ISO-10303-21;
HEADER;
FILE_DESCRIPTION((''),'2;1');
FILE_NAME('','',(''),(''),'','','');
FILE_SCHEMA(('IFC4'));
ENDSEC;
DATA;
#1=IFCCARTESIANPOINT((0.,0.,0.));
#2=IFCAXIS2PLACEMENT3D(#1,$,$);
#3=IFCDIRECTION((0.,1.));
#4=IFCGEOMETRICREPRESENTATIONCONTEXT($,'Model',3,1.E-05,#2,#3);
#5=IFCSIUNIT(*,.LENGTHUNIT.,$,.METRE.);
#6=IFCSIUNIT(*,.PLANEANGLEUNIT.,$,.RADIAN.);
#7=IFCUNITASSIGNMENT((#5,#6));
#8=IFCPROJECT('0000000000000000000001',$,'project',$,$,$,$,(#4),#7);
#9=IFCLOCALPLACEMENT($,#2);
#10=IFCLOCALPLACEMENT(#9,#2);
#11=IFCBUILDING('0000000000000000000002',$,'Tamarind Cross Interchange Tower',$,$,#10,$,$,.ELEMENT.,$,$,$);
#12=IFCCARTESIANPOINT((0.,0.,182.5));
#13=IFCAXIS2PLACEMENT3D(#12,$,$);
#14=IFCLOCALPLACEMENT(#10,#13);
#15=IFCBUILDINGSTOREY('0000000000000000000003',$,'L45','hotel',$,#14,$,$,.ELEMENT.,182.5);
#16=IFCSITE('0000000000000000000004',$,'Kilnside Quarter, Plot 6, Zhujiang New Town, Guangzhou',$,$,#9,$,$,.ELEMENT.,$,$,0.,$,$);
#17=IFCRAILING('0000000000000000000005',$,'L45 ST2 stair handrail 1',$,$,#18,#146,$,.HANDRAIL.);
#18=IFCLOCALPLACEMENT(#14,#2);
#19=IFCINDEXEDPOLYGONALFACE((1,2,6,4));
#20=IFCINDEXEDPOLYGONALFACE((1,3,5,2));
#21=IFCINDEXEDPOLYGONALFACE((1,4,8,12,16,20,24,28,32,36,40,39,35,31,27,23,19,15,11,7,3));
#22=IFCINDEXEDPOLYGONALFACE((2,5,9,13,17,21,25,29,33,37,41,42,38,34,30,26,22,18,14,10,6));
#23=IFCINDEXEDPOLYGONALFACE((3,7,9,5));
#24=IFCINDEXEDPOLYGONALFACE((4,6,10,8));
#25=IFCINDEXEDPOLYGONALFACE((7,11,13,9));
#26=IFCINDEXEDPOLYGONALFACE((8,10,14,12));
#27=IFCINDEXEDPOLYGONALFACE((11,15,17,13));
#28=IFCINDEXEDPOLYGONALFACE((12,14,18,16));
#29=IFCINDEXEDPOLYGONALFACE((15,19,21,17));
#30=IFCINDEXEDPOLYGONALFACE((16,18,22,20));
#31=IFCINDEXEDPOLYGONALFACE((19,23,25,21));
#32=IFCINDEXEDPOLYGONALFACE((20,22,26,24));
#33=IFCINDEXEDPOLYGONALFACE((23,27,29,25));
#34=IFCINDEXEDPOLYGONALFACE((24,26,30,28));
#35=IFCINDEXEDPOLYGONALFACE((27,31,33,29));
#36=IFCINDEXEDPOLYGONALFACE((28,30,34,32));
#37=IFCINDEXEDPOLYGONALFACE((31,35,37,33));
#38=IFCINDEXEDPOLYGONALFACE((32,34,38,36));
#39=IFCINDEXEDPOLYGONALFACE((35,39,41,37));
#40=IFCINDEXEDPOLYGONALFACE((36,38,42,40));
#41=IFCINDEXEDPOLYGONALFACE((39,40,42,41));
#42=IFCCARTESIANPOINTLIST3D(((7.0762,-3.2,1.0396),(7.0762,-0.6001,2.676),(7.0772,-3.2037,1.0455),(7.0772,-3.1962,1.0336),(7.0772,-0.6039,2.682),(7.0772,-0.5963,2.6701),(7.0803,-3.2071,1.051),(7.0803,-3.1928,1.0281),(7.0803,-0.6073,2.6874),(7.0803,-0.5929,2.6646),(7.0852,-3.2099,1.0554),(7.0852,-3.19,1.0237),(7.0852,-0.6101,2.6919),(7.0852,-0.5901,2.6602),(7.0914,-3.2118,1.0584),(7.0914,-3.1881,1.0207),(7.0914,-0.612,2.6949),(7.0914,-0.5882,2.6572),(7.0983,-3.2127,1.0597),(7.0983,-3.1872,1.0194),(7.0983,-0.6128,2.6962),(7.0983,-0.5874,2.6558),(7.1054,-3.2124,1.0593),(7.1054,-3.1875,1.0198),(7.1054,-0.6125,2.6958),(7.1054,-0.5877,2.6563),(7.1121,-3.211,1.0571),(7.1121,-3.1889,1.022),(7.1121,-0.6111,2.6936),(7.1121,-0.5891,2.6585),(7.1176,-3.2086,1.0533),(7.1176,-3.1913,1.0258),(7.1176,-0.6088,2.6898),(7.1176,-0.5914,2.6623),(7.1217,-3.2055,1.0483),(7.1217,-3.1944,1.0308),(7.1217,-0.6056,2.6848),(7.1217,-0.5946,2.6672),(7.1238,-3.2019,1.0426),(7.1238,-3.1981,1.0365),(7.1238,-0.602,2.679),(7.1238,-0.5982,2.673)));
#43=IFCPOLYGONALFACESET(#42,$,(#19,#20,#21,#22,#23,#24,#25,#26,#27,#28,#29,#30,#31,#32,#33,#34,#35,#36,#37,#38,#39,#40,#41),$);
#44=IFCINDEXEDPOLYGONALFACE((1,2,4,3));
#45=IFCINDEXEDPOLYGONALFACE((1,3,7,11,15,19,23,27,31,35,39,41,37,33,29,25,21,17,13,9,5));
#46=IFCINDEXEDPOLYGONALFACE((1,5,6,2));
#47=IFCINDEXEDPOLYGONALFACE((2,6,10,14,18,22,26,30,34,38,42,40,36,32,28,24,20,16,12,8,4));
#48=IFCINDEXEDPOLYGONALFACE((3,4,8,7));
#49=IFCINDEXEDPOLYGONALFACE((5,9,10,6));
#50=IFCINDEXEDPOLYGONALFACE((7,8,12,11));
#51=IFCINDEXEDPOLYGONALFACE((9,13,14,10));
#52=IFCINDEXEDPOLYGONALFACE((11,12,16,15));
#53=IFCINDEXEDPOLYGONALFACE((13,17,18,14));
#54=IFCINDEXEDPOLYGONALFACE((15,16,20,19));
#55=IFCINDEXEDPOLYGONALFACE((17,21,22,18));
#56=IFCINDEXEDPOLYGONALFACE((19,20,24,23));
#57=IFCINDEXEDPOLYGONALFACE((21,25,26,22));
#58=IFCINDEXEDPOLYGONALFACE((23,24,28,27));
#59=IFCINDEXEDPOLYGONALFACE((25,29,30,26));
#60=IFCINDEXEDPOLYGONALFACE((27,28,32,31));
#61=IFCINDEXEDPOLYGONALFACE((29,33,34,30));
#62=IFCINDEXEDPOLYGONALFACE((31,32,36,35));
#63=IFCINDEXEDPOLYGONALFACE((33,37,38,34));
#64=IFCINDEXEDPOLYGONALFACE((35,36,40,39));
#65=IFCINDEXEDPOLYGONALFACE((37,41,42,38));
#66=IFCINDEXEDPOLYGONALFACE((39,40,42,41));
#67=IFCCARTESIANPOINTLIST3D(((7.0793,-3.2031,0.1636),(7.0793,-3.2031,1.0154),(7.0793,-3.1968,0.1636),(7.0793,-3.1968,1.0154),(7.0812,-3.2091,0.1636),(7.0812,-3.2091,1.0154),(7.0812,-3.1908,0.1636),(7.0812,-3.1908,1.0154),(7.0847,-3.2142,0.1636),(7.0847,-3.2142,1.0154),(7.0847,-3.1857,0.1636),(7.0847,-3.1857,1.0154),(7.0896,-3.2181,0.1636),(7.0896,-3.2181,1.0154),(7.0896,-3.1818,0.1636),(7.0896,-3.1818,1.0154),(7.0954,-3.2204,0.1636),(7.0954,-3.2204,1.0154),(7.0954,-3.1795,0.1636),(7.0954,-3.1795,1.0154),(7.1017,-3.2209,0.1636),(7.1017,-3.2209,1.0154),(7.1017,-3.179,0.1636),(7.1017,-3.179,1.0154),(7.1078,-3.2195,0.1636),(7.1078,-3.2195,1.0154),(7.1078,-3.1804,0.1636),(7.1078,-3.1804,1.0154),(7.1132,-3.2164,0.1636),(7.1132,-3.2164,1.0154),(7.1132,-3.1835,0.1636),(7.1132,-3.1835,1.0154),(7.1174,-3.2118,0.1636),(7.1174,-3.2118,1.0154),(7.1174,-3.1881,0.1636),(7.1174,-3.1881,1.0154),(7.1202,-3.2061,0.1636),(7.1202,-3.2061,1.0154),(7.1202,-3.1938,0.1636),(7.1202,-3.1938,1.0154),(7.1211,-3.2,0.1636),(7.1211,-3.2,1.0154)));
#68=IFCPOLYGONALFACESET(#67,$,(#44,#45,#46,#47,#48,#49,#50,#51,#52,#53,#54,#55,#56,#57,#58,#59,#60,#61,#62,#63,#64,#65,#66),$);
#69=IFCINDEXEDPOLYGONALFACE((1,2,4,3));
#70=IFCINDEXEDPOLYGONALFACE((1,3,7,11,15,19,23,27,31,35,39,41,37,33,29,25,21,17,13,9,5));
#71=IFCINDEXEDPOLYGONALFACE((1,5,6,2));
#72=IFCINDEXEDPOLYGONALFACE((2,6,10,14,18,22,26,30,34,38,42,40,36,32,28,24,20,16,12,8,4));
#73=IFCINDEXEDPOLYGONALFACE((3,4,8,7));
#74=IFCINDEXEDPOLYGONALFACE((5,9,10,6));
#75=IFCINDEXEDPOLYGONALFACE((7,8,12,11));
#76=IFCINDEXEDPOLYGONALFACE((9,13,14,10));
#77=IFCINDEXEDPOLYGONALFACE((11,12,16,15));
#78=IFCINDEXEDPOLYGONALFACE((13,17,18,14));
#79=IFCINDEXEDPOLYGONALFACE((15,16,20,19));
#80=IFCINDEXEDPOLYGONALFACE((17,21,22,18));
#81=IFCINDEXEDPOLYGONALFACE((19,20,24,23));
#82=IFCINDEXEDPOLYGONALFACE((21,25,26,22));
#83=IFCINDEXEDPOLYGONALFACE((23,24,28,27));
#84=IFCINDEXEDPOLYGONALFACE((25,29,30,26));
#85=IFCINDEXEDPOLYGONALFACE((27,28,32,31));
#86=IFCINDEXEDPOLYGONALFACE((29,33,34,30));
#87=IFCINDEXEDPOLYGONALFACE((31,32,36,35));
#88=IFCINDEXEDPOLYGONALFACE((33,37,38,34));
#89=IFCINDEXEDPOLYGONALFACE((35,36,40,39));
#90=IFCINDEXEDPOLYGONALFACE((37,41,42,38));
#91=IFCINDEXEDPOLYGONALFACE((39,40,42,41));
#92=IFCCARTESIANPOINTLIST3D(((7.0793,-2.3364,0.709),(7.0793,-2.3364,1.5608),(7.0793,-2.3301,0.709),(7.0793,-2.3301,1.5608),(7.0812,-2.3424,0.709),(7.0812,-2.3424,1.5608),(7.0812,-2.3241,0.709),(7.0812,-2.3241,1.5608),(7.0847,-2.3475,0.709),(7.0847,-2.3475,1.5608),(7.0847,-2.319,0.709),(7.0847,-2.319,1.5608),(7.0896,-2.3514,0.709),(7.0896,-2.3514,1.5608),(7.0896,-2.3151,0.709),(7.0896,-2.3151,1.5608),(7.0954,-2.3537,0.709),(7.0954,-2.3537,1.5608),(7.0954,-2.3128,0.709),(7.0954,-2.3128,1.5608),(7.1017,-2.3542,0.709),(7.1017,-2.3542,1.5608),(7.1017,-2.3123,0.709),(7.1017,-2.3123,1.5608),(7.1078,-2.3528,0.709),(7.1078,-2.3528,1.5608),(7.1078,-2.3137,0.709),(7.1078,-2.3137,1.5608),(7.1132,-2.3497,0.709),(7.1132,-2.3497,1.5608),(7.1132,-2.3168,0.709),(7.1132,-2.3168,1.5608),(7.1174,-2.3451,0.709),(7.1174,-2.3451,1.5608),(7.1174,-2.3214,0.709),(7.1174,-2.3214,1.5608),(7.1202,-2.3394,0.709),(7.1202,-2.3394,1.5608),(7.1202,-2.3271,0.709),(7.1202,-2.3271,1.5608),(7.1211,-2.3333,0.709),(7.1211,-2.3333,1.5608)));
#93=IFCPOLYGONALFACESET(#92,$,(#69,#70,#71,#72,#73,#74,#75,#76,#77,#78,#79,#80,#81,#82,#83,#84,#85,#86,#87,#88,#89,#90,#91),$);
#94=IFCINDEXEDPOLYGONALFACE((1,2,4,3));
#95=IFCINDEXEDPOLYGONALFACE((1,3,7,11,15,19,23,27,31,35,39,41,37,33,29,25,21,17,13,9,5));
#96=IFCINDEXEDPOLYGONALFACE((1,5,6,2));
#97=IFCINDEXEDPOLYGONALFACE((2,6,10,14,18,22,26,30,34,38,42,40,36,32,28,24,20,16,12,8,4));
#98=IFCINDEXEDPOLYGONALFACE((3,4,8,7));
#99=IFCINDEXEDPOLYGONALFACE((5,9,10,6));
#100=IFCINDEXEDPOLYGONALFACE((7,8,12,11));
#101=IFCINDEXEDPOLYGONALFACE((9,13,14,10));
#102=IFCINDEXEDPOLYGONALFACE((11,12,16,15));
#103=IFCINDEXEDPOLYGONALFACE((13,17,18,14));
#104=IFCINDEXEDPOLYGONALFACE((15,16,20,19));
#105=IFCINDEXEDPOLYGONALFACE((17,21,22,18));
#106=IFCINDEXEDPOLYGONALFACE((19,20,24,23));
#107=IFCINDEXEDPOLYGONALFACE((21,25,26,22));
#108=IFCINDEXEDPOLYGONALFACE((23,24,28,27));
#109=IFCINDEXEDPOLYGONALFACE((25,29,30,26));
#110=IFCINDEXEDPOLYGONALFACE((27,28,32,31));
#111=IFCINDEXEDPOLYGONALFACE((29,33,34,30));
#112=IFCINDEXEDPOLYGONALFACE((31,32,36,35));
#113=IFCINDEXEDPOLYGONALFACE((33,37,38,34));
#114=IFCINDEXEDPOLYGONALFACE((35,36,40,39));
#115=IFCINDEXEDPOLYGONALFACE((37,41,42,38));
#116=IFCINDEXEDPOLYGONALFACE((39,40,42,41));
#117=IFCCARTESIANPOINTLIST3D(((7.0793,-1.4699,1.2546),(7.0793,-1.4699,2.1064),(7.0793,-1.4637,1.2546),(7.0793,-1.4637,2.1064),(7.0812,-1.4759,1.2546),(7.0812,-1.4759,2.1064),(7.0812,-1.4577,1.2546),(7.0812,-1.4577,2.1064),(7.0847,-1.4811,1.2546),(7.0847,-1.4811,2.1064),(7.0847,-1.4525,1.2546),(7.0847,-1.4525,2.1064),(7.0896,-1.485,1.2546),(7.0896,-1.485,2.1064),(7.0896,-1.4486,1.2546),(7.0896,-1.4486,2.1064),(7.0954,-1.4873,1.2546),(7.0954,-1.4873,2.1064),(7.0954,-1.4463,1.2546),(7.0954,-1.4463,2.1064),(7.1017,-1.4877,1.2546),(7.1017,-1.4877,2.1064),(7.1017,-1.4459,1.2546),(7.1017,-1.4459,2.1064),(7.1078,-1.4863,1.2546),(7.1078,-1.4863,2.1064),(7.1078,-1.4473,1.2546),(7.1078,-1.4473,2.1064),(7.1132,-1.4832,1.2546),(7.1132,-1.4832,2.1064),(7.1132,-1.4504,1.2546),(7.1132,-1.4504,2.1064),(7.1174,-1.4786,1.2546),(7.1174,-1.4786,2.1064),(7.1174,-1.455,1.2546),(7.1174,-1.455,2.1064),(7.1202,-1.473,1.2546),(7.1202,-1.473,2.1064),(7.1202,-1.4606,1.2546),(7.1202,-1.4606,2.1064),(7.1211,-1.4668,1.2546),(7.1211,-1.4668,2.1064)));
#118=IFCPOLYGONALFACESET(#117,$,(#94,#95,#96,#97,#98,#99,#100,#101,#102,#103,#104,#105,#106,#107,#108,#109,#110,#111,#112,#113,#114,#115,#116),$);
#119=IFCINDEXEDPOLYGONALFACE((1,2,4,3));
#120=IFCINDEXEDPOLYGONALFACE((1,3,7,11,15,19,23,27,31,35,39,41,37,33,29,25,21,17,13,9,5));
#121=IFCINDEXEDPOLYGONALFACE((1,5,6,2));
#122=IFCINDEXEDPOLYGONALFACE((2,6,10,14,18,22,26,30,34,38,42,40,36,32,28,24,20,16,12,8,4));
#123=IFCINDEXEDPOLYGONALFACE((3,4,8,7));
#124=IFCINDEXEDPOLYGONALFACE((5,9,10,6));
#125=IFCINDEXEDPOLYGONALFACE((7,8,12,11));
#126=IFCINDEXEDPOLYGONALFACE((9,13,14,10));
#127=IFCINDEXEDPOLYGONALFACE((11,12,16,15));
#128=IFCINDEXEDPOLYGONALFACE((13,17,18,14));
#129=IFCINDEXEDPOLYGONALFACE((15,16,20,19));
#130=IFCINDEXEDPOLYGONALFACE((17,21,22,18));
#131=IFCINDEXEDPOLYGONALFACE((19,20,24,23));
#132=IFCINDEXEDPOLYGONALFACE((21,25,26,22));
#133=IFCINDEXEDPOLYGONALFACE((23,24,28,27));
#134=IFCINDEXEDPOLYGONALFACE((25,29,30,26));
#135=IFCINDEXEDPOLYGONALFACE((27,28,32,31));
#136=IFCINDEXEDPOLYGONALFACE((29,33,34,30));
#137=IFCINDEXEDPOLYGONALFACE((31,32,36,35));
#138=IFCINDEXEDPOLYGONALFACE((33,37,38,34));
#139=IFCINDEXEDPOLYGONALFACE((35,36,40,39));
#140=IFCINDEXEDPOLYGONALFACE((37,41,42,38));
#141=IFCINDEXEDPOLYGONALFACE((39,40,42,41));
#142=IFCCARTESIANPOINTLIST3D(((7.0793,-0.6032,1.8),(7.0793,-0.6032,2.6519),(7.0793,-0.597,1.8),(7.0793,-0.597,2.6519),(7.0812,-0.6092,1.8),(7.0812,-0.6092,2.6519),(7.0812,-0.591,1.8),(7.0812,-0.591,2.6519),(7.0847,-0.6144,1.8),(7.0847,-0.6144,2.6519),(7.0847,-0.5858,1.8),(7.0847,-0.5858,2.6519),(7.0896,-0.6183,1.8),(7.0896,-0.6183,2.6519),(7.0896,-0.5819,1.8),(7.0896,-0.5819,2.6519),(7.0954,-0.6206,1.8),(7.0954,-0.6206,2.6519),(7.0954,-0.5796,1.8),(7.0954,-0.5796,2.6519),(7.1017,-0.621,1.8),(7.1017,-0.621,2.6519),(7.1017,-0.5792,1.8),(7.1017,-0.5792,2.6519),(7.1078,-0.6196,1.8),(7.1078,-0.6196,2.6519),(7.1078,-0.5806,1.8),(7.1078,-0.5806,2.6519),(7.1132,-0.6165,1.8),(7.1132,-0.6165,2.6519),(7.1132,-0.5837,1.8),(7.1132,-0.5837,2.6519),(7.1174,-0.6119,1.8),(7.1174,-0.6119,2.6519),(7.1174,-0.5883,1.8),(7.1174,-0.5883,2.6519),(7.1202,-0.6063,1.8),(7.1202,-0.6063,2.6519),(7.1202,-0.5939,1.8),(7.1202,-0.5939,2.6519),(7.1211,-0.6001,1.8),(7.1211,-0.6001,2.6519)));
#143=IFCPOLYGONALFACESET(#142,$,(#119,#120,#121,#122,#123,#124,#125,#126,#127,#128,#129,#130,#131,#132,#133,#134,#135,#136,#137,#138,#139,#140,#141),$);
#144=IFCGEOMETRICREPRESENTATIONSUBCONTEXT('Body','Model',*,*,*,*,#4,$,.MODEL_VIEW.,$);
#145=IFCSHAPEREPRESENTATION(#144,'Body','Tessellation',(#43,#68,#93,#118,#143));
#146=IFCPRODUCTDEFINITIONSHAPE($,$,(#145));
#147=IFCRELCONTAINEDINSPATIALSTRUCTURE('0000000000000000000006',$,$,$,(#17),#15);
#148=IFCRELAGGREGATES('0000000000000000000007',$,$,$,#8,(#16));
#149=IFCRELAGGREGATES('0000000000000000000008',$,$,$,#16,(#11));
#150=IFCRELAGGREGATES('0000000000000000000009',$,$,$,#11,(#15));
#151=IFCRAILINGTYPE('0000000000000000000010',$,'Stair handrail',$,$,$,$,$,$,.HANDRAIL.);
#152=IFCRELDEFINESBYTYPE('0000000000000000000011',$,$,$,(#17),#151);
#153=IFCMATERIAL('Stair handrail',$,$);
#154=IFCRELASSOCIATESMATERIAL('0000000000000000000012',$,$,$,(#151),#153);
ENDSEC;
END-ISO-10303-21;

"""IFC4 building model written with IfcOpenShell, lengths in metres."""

from ifc_helpers import new_model, si_unit, direction, frame, origin, origin_2d, place, context, subcontext, project, spatial, circle, extrude, material, type_object, element, save


model = new_model("IFC4")

# Units and contexts
model_context = context("Model", 3, precision=1e-05, world=origin(), true_north=direction((0.0, 1.0)))
body_context = subcontext(model_context, "Body", "Model", "MODEL_VIEW")
ifc_project = project(units=[si_unit("LENGTHUNIT", "METRE"), si_unit("PLANEANGLEUNIT", "RADIAN")], contexts=[model_context])

# Site, building, storey
site_placement = place(None, origin())
site = spatial("IfcSite", under=ifc_project, at=site_placement, Name="Kilnside Quarter, Plot 6, Zhujiang New Town, Guangzhou", CompositionType="ELEMENT", RefElevation=0.0)
building_placement = place(site_placement, origin())
building = spatial("IfcBuilding", under=site, at=building_placement, Name="Tamarind Cross Interchange Tower", CompositionType="ELEMENT")
storey_placement = place(building_placement, frame((0.0, 0.0, 182.5)))
storey = spatial("IfcBuildingStorey", under=building, at=storey_placement, Name="L45", Description="hotel", CompositionType="ELEMENT", Elevation=182.5)

# Railing
ifc_material_1 = material(Name="Stair handrail")
railing_type_1 = type_object("IfcRailingType", Name="Stair handrail", PredefinedType="HANDRAIL", material=ifc_material_1)
railing_1_placement = place(storey_placement, frame((7.1001, -3.2, 0.1636)))
element("IfcRailing", 1, at=railing_1_placement, inside=storey, type_object=railing_type_1, Name="L45 ST2 stair handrail 1", PredefinedType="HANDRAIL", context=body_context, shape_type="SweptSolid", body=[
    extrude(circle(Radius=0.0239, at=origin_2d()), frame((0.0, 0.0, 0.876), z_axis=(0.0, 0.846302, 0.532704), x_axis=(-1.0, 0.0, 0.0)), (0.0, 0.0, 1.0), 3.072),
    extrude(circle(Radius=0.021, at=origin_2d()), origin(), (0.0, 0.0, 1.0), 0.8518),
    extrude(circle(Radius=0.021, at=origin_2d()), frame((0.0, 0.8667, 0.5454)), (0.0, 0.0, 1.0), 0.8518),
    extrude(circle(Radius=0.021, at=origin_2d()), frame((0.0, 1.7332, 1.0911)), (0.0, 0.0, 1.0), 0.8518),
    extrude(circle(Radius=0.021, at=origin_2d()), frame((0.0, 2.5999, 1.6365)), (0.0, 0.0, 1.0), 0.8518),
])

save(model, "model.ifc")
